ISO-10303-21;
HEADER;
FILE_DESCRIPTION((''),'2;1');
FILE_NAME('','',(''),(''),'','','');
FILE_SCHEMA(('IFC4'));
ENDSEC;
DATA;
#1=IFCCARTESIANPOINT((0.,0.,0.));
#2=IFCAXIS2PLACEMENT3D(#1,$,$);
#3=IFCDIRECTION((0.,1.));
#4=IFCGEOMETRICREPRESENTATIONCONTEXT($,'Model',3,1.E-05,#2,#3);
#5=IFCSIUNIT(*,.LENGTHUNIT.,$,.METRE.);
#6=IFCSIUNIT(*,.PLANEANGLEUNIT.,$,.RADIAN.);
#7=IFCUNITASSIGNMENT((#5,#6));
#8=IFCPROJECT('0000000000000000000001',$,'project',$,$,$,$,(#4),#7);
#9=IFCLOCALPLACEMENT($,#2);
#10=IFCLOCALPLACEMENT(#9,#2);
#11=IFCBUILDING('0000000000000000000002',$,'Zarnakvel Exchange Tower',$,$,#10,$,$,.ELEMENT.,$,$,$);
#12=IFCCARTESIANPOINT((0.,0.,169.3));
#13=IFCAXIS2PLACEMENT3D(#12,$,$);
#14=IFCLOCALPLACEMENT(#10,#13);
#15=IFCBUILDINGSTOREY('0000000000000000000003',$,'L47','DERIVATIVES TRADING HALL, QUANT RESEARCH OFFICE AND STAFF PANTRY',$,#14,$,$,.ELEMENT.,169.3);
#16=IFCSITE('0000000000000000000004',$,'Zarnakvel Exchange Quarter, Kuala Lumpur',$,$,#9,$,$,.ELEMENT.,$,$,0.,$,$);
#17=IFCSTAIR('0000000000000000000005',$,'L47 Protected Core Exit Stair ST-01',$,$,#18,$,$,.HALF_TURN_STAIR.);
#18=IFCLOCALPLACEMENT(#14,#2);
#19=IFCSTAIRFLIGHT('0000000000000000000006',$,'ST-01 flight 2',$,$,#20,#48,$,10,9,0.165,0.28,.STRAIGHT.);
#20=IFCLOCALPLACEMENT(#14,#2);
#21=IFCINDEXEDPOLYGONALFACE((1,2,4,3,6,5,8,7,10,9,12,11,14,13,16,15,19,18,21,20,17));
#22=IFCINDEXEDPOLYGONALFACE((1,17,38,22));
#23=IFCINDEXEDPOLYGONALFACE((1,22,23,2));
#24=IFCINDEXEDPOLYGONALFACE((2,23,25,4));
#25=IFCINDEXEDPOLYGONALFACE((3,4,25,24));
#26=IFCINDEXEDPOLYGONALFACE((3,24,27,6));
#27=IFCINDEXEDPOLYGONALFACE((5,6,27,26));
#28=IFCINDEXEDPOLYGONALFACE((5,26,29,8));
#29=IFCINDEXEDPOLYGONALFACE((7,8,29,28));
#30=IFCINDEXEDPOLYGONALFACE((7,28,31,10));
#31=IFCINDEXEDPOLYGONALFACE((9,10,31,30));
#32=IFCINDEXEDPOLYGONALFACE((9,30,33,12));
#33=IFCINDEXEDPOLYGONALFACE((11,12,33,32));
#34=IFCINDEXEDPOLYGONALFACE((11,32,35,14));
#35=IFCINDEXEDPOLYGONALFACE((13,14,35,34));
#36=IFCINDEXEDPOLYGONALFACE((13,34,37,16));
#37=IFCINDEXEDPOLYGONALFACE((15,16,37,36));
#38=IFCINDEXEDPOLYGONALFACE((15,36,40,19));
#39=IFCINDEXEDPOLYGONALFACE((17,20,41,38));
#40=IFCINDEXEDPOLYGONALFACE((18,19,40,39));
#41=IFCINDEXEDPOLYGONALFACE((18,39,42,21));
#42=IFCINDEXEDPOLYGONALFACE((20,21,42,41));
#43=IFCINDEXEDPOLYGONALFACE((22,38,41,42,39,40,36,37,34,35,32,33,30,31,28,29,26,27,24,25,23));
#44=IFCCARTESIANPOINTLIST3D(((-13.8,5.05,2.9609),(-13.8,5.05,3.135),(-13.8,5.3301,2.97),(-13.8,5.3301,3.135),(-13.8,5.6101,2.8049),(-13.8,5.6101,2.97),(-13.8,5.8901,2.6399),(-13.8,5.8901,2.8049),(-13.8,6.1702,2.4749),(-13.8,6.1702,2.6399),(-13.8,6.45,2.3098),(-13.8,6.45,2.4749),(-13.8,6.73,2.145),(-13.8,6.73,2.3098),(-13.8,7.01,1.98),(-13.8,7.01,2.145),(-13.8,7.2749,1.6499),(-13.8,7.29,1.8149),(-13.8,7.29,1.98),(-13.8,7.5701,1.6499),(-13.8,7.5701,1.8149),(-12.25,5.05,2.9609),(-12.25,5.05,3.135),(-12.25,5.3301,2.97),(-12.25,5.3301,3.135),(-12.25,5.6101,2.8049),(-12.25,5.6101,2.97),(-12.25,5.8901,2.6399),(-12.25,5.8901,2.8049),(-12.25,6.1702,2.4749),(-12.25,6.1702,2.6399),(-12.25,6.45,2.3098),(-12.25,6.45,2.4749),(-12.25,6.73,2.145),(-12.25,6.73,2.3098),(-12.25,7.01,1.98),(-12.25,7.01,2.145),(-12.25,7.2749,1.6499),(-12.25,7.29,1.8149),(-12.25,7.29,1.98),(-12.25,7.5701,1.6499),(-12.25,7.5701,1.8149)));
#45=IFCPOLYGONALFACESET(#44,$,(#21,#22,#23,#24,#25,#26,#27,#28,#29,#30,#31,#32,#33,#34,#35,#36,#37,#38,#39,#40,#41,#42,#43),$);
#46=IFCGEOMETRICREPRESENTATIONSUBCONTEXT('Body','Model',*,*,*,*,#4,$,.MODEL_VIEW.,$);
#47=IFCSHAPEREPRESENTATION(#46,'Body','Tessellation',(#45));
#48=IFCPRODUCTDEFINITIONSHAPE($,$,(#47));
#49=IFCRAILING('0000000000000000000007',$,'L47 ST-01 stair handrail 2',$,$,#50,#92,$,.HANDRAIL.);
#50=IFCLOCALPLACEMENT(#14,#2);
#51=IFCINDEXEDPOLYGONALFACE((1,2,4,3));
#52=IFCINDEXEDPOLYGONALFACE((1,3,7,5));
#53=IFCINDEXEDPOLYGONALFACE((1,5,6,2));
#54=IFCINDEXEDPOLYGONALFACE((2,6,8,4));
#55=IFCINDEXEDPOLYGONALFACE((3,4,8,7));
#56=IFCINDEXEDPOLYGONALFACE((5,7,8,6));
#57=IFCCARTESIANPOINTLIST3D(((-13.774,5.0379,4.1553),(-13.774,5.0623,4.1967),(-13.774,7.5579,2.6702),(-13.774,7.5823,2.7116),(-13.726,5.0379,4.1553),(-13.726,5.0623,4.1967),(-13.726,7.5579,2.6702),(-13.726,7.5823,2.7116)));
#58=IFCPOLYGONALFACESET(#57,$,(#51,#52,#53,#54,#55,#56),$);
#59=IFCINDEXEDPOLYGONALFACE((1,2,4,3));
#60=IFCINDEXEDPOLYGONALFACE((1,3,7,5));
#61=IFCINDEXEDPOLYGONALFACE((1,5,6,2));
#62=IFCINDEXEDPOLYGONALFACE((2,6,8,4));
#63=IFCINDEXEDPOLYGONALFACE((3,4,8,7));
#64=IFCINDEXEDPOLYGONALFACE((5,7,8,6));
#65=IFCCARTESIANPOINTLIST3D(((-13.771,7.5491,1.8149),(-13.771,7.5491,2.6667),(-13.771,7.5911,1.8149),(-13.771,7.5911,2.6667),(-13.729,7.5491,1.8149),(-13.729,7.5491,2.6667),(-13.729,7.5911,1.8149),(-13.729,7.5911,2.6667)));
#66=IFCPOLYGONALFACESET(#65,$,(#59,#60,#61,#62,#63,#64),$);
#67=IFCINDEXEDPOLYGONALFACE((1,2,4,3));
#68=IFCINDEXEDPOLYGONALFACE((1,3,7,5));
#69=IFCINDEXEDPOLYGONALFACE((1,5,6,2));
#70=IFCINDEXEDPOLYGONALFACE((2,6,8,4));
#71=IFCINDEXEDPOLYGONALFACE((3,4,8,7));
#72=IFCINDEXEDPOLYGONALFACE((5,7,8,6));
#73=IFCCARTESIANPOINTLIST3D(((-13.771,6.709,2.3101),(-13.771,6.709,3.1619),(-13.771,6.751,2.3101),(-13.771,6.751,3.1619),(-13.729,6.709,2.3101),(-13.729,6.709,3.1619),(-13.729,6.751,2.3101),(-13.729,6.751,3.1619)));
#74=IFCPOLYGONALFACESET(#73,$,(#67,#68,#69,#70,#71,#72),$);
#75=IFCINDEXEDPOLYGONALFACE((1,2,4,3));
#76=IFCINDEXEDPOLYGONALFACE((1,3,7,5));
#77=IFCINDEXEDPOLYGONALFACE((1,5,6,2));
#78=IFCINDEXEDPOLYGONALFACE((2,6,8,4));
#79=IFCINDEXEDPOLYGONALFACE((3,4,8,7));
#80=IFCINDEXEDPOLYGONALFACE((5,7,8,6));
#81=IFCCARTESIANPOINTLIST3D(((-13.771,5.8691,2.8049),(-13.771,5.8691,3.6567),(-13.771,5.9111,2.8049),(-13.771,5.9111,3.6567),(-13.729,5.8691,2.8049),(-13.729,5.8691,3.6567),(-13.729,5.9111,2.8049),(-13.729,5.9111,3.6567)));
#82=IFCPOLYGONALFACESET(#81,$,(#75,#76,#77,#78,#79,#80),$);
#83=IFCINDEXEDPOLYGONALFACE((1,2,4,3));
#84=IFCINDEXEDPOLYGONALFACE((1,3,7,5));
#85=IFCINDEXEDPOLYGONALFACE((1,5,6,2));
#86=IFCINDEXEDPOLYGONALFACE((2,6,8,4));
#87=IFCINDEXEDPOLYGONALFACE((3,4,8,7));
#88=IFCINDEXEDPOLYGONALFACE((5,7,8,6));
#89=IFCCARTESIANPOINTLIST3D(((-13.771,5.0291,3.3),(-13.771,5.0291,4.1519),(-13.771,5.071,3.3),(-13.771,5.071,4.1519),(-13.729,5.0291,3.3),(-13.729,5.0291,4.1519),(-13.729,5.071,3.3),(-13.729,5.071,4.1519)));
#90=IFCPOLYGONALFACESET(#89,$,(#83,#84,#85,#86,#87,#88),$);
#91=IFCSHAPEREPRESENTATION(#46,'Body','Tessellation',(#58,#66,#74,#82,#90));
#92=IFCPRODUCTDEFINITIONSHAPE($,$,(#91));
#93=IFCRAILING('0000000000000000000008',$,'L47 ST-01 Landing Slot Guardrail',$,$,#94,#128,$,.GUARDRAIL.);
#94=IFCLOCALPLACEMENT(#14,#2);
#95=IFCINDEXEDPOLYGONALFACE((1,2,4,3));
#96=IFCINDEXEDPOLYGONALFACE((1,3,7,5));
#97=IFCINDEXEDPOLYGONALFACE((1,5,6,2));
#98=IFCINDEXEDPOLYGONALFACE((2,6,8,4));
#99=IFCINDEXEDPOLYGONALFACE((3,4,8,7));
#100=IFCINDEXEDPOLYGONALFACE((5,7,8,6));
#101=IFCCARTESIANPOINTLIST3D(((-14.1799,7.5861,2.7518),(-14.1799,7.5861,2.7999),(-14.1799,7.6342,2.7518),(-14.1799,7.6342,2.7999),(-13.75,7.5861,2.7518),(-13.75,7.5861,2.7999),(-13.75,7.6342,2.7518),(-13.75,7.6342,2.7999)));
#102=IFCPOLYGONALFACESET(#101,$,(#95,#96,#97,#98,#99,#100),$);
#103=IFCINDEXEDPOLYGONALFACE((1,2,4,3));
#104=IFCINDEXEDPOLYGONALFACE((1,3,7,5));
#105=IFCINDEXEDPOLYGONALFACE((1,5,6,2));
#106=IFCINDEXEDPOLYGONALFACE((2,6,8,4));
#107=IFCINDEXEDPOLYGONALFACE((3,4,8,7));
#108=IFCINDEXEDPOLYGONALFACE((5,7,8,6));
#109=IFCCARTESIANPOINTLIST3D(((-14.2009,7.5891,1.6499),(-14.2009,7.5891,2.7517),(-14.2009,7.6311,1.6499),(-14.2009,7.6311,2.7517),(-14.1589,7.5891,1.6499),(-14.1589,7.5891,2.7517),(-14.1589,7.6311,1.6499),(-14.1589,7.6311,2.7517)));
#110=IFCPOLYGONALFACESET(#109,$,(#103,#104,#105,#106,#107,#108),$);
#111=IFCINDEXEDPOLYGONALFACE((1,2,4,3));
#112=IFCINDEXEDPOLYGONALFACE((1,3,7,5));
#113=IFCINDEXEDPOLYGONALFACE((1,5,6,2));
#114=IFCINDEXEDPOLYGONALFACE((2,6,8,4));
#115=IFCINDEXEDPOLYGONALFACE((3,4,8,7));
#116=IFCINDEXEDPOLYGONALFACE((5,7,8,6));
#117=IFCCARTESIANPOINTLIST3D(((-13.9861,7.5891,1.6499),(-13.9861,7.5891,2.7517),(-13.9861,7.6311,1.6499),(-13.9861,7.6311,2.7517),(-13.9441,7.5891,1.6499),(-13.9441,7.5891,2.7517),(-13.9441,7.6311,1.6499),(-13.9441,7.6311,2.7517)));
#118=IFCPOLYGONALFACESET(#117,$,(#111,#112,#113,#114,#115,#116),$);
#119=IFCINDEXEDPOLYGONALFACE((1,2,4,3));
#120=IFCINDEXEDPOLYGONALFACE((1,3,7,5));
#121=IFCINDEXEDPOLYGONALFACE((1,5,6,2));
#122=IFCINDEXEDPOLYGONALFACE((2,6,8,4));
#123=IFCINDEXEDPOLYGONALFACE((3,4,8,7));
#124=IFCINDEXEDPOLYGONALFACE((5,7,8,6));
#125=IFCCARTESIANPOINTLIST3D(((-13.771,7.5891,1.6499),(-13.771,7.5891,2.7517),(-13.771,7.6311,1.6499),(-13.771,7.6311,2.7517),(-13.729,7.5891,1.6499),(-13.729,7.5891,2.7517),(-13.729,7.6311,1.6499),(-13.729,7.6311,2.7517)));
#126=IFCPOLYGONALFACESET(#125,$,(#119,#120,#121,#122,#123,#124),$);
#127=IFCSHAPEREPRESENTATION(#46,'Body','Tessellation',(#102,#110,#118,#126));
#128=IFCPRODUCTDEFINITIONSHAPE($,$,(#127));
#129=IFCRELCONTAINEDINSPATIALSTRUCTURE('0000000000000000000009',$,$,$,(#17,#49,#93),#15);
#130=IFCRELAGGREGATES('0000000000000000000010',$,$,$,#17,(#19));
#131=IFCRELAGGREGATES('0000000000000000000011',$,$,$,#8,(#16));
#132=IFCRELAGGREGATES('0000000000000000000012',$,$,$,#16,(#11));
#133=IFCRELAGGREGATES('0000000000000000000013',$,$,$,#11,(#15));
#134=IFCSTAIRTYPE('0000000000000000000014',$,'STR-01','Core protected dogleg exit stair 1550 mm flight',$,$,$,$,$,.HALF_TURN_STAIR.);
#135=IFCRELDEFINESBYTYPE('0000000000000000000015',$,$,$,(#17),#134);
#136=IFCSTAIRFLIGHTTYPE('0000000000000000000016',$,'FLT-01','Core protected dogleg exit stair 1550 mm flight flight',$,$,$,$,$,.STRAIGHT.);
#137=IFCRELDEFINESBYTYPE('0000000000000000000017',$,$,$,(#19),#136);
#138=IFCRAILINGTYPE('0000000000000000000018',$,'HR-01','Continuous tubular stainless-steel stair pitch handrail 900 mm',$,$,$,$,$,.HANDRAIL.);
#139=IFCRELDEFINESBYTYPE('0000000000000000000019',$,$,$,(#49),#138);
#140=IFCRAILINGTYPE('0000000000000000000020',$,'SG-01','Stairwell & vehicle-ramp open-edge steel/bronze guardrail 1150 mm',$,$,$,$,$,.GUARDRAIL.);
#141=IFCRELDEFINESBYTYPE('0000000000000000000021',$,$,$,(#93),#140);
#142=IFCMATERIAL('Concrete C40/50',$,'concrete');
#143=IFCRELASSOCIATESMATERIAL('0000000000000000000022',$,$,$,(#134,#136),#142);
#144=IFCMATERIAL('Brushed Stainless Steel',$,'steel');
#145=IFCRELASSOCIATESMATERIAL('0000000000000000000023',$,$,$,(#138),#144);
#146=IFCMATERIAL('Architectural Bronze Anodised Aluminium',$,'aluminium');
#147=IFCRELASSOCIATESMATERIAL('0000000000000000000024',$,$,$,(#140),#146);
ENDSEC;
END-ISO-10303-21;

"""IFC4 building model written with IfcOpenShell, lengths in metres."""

from ifc_helpers import new_model, si_unit, direction, frame, origin, origin_2d, place, context, subcontext, project, spatial, polyline, rectangle, outline, extrude, material, type_object, element, aggregate, save


model = new_model("IFC4")

# Units and contexts
model_context = context("Model", 3, precision=1e-05, world=origin(), true_north=direction((0.0, 1.0)))
body_context = subcontext(model_context, "Body", "Model", "MODEL_VIEW")
ifc_project = project(units=[si_unit("LENGTHUNIT", "METRE"), si_unit("PLANEANGLEUNIT", "RADIAN")], contexts=[model_context])

# Site, building, storey
site_placement = place(None, origin())
site = spatial("IfcSite", under=ifc_project, at=site_placement, Name="Zarnakvel Exchange Quarter, Kuala Lumpur", CompositionType="ELEMENT", RefElevation=0.0)
building_placement = place(site_placement, origin())
building = spatial("IfcBuilding", under=site, at=building_placement, Name="Zarnakvel Exchange Tower", CompositionType="ELEMENT")
storey_placement = place(building_placement, frame((0.0, 0.0, 169.3)))
storey = spatial("IfcBuildingStorey", under=building, at=storey_placement, Name="L47", Description="DERIVATIVES TRADING HALL, QUANT RESEARCH OFFICE AND STAFF PANTRY", CompositionType="ELEMENT", Elevation=169.3)

# Shared definitions
ifc_material_1 = material(Name="Architectural Bronze Anodised Aluminium", Category="aluminium")

# Shared definitions
ifc_material_2 = material(Name="Concrete C40/50", Category="concrete")

# Stair, stair flight
stair_type = type_object("IfcStairType", Name="STR-01", Description="Core protected dogleg exit stair 1550 mm flight", PredefinedType="HALF_TURN_STAIR", material=ifc_material_2)
stair_placement = place(storey_placement, origin())
stair = element("IfcStair", 1, at=stair_placement, inside=storey, type_object=stair_type, Name="L47 Protected Core Exit Stair ST-01", PredefinedType="HALF_TURN_STAIR")
stair_flight_type = type_object("IfcStairFlightType", Name="FLT-01", Description="Core protected dogleg exit stair 1550 mm flight flight", PredefinedType="STRAIGHT", material=ifc_material_2)
stair_flight_placement = place(storey_placement, frame((-13.0249, 7.5701, 1.6499), z_axis=(0.0, 0.0, 1.0), x_axis=(0.0, -1.0, 0.0)))
stair_flight = element("IfcStairFlight", 2, at=stair_flight_placement, type_object=stair_flight_type, Name="ST-01 flight 2", NumberOfRisers=10, NumberOfTreads=9, PredefinedType="STRAIGHT", RiserHeight=0.165, TreadLength=0.28, context=body_context, shape_type="SweptSolid", body=[
    extrude(outline(polyline([(0.0, 0.0), (0.0, 0.165), (0.28, 0.165), (0.28, 0.3301), (0.5601, 0.3301), (0.5601, 0.4951), (0.8401, 0.4951), (0.8401, 0.6599), (1.1201, 0.6599), (1.1201, 0.825), (1.3999, 0.825), (1.3999, 0.99), (1.6799, 0.99), (1.6799, 1.155), (1.96, 1.155), (1.96, 1.3201), (2.24, 1.3201), (2.24, 1.4851), (2.52, 1.4851), (2.52, 1.6499), (2.52, 1.311), (0.2952, 0.0), (0.0, 0.0)])), frame((0.0, 0.7749, 0.0), z_axis=(0.0, -1.0, 0.0), x_axis=(1.0, 0.0, 0.0)), (0.0, 0.0, 1.0), 1.55),
])
aggregate(stair, [stair_flight])

# Railings
ifc_material_3 = material(Name="Brushed Stainless Steel", Category="steel")
railing_type_1 = type_object("IfcRailingType", Name="HR-01", Description="Continuous tubular stainless-steel stair pitch handrail 900 mm", PredefinedType="HANDRAIL", material=ifc_material_3)
railing_1_placement = place(storey_placement, frame((-13.75, 7.5701, 1.8149)))
element("IfcRailing", 3, at=railing_1_placement, inside=storey, type_object=railing_type_1, Name="L47 ST-01 stair handrail 2", PredefinedType="HANDRAIL", context=body_context, shape_type="SweptSolid", body=[
    extrude(rectangle(XDim=0.0481, YDim=0.0481, at=origin_2d()), frame((0.0, 0.0, 0.876), z_axis=(0.0, -0.861524, 0.507717), x_axis=(1.0, 0.0, 0.0)), (0.0, 0.0, 1.0), 2.925),
    extrude(rectangle(XDim=0.042, YDim=0.042, at=origin_2d()), origin(), (0.0, 0.0, 1.0), 0.8518),
    extrude(rectangle(XDim=0.042, YDim=0.042, at=origin_2d()), frame((0.0, -0.8401, 0.4951)), (0.0, 0.0, 1.0), 0.8518),
    extrude(rectangle(XDim=0.042, YDim=0.042, at=origin_2d()), frame((0.0, -1.6799, 0.99)), (0.0, 0.0, 1.0), 0.8518),
    extrude(rectangle(XDim=0.042, YDim=0.042, at=origin_2d()), frame((0.0, -2.52, 1.4851)), (0.0, 0.0, 1.0), 0.8518),
])
railing_type_2 = type_object("IfcRailingType", Name="SG-01", Description="Stairwell & vehicle-ramp open-edge steel/bronze guardrail 1150 mm", PredefinedType="GUARDRAIL", material=ifc_material_1)
railing_2_placement = place(storey_placement, frame((-14.1799, 7.6101, 1.6499)))
element("IfcRailing", 4, at=railing_2_placement, inside=storey, type_object=railing_type_2, Name="L47 ST-01 Landing Slot Guardrail", PredefinedType="GUARDRAIL", context=body_context, shape_type="SweptSolid", body=[
    extrude(rectangle(XDim=0.0481, YDim=0.0481, at=origin_2d()), frame((0.0, 0.0, 1.126), z_axis=(1.0, 0.0, 0.0), x_axis=(0.0, 1.0, 0.0)), (0.0, 0.0, 1.0), 0.4299),
    extrude(rectangle(XDim=0.042, YDim=0.042, at=origin_2d()), origin(), (0.0, 0.0, 1.0), 1.1018),
    extrude(rectangle(XDim=0.042, YDim=0.042, at=origin_2d()), frame((0.2148, 0.0, 0.0)), (0.0, 0.0, 1.0), 1.1018),
    extrude(rectangle(XDim=0.042, YDim=0.042, at=origin_2d()), frame((0.4299, 0.0, 0.0)), (0.0, 0.0, 1.0), 1.1018),
])

save(model, "model.ifc")
